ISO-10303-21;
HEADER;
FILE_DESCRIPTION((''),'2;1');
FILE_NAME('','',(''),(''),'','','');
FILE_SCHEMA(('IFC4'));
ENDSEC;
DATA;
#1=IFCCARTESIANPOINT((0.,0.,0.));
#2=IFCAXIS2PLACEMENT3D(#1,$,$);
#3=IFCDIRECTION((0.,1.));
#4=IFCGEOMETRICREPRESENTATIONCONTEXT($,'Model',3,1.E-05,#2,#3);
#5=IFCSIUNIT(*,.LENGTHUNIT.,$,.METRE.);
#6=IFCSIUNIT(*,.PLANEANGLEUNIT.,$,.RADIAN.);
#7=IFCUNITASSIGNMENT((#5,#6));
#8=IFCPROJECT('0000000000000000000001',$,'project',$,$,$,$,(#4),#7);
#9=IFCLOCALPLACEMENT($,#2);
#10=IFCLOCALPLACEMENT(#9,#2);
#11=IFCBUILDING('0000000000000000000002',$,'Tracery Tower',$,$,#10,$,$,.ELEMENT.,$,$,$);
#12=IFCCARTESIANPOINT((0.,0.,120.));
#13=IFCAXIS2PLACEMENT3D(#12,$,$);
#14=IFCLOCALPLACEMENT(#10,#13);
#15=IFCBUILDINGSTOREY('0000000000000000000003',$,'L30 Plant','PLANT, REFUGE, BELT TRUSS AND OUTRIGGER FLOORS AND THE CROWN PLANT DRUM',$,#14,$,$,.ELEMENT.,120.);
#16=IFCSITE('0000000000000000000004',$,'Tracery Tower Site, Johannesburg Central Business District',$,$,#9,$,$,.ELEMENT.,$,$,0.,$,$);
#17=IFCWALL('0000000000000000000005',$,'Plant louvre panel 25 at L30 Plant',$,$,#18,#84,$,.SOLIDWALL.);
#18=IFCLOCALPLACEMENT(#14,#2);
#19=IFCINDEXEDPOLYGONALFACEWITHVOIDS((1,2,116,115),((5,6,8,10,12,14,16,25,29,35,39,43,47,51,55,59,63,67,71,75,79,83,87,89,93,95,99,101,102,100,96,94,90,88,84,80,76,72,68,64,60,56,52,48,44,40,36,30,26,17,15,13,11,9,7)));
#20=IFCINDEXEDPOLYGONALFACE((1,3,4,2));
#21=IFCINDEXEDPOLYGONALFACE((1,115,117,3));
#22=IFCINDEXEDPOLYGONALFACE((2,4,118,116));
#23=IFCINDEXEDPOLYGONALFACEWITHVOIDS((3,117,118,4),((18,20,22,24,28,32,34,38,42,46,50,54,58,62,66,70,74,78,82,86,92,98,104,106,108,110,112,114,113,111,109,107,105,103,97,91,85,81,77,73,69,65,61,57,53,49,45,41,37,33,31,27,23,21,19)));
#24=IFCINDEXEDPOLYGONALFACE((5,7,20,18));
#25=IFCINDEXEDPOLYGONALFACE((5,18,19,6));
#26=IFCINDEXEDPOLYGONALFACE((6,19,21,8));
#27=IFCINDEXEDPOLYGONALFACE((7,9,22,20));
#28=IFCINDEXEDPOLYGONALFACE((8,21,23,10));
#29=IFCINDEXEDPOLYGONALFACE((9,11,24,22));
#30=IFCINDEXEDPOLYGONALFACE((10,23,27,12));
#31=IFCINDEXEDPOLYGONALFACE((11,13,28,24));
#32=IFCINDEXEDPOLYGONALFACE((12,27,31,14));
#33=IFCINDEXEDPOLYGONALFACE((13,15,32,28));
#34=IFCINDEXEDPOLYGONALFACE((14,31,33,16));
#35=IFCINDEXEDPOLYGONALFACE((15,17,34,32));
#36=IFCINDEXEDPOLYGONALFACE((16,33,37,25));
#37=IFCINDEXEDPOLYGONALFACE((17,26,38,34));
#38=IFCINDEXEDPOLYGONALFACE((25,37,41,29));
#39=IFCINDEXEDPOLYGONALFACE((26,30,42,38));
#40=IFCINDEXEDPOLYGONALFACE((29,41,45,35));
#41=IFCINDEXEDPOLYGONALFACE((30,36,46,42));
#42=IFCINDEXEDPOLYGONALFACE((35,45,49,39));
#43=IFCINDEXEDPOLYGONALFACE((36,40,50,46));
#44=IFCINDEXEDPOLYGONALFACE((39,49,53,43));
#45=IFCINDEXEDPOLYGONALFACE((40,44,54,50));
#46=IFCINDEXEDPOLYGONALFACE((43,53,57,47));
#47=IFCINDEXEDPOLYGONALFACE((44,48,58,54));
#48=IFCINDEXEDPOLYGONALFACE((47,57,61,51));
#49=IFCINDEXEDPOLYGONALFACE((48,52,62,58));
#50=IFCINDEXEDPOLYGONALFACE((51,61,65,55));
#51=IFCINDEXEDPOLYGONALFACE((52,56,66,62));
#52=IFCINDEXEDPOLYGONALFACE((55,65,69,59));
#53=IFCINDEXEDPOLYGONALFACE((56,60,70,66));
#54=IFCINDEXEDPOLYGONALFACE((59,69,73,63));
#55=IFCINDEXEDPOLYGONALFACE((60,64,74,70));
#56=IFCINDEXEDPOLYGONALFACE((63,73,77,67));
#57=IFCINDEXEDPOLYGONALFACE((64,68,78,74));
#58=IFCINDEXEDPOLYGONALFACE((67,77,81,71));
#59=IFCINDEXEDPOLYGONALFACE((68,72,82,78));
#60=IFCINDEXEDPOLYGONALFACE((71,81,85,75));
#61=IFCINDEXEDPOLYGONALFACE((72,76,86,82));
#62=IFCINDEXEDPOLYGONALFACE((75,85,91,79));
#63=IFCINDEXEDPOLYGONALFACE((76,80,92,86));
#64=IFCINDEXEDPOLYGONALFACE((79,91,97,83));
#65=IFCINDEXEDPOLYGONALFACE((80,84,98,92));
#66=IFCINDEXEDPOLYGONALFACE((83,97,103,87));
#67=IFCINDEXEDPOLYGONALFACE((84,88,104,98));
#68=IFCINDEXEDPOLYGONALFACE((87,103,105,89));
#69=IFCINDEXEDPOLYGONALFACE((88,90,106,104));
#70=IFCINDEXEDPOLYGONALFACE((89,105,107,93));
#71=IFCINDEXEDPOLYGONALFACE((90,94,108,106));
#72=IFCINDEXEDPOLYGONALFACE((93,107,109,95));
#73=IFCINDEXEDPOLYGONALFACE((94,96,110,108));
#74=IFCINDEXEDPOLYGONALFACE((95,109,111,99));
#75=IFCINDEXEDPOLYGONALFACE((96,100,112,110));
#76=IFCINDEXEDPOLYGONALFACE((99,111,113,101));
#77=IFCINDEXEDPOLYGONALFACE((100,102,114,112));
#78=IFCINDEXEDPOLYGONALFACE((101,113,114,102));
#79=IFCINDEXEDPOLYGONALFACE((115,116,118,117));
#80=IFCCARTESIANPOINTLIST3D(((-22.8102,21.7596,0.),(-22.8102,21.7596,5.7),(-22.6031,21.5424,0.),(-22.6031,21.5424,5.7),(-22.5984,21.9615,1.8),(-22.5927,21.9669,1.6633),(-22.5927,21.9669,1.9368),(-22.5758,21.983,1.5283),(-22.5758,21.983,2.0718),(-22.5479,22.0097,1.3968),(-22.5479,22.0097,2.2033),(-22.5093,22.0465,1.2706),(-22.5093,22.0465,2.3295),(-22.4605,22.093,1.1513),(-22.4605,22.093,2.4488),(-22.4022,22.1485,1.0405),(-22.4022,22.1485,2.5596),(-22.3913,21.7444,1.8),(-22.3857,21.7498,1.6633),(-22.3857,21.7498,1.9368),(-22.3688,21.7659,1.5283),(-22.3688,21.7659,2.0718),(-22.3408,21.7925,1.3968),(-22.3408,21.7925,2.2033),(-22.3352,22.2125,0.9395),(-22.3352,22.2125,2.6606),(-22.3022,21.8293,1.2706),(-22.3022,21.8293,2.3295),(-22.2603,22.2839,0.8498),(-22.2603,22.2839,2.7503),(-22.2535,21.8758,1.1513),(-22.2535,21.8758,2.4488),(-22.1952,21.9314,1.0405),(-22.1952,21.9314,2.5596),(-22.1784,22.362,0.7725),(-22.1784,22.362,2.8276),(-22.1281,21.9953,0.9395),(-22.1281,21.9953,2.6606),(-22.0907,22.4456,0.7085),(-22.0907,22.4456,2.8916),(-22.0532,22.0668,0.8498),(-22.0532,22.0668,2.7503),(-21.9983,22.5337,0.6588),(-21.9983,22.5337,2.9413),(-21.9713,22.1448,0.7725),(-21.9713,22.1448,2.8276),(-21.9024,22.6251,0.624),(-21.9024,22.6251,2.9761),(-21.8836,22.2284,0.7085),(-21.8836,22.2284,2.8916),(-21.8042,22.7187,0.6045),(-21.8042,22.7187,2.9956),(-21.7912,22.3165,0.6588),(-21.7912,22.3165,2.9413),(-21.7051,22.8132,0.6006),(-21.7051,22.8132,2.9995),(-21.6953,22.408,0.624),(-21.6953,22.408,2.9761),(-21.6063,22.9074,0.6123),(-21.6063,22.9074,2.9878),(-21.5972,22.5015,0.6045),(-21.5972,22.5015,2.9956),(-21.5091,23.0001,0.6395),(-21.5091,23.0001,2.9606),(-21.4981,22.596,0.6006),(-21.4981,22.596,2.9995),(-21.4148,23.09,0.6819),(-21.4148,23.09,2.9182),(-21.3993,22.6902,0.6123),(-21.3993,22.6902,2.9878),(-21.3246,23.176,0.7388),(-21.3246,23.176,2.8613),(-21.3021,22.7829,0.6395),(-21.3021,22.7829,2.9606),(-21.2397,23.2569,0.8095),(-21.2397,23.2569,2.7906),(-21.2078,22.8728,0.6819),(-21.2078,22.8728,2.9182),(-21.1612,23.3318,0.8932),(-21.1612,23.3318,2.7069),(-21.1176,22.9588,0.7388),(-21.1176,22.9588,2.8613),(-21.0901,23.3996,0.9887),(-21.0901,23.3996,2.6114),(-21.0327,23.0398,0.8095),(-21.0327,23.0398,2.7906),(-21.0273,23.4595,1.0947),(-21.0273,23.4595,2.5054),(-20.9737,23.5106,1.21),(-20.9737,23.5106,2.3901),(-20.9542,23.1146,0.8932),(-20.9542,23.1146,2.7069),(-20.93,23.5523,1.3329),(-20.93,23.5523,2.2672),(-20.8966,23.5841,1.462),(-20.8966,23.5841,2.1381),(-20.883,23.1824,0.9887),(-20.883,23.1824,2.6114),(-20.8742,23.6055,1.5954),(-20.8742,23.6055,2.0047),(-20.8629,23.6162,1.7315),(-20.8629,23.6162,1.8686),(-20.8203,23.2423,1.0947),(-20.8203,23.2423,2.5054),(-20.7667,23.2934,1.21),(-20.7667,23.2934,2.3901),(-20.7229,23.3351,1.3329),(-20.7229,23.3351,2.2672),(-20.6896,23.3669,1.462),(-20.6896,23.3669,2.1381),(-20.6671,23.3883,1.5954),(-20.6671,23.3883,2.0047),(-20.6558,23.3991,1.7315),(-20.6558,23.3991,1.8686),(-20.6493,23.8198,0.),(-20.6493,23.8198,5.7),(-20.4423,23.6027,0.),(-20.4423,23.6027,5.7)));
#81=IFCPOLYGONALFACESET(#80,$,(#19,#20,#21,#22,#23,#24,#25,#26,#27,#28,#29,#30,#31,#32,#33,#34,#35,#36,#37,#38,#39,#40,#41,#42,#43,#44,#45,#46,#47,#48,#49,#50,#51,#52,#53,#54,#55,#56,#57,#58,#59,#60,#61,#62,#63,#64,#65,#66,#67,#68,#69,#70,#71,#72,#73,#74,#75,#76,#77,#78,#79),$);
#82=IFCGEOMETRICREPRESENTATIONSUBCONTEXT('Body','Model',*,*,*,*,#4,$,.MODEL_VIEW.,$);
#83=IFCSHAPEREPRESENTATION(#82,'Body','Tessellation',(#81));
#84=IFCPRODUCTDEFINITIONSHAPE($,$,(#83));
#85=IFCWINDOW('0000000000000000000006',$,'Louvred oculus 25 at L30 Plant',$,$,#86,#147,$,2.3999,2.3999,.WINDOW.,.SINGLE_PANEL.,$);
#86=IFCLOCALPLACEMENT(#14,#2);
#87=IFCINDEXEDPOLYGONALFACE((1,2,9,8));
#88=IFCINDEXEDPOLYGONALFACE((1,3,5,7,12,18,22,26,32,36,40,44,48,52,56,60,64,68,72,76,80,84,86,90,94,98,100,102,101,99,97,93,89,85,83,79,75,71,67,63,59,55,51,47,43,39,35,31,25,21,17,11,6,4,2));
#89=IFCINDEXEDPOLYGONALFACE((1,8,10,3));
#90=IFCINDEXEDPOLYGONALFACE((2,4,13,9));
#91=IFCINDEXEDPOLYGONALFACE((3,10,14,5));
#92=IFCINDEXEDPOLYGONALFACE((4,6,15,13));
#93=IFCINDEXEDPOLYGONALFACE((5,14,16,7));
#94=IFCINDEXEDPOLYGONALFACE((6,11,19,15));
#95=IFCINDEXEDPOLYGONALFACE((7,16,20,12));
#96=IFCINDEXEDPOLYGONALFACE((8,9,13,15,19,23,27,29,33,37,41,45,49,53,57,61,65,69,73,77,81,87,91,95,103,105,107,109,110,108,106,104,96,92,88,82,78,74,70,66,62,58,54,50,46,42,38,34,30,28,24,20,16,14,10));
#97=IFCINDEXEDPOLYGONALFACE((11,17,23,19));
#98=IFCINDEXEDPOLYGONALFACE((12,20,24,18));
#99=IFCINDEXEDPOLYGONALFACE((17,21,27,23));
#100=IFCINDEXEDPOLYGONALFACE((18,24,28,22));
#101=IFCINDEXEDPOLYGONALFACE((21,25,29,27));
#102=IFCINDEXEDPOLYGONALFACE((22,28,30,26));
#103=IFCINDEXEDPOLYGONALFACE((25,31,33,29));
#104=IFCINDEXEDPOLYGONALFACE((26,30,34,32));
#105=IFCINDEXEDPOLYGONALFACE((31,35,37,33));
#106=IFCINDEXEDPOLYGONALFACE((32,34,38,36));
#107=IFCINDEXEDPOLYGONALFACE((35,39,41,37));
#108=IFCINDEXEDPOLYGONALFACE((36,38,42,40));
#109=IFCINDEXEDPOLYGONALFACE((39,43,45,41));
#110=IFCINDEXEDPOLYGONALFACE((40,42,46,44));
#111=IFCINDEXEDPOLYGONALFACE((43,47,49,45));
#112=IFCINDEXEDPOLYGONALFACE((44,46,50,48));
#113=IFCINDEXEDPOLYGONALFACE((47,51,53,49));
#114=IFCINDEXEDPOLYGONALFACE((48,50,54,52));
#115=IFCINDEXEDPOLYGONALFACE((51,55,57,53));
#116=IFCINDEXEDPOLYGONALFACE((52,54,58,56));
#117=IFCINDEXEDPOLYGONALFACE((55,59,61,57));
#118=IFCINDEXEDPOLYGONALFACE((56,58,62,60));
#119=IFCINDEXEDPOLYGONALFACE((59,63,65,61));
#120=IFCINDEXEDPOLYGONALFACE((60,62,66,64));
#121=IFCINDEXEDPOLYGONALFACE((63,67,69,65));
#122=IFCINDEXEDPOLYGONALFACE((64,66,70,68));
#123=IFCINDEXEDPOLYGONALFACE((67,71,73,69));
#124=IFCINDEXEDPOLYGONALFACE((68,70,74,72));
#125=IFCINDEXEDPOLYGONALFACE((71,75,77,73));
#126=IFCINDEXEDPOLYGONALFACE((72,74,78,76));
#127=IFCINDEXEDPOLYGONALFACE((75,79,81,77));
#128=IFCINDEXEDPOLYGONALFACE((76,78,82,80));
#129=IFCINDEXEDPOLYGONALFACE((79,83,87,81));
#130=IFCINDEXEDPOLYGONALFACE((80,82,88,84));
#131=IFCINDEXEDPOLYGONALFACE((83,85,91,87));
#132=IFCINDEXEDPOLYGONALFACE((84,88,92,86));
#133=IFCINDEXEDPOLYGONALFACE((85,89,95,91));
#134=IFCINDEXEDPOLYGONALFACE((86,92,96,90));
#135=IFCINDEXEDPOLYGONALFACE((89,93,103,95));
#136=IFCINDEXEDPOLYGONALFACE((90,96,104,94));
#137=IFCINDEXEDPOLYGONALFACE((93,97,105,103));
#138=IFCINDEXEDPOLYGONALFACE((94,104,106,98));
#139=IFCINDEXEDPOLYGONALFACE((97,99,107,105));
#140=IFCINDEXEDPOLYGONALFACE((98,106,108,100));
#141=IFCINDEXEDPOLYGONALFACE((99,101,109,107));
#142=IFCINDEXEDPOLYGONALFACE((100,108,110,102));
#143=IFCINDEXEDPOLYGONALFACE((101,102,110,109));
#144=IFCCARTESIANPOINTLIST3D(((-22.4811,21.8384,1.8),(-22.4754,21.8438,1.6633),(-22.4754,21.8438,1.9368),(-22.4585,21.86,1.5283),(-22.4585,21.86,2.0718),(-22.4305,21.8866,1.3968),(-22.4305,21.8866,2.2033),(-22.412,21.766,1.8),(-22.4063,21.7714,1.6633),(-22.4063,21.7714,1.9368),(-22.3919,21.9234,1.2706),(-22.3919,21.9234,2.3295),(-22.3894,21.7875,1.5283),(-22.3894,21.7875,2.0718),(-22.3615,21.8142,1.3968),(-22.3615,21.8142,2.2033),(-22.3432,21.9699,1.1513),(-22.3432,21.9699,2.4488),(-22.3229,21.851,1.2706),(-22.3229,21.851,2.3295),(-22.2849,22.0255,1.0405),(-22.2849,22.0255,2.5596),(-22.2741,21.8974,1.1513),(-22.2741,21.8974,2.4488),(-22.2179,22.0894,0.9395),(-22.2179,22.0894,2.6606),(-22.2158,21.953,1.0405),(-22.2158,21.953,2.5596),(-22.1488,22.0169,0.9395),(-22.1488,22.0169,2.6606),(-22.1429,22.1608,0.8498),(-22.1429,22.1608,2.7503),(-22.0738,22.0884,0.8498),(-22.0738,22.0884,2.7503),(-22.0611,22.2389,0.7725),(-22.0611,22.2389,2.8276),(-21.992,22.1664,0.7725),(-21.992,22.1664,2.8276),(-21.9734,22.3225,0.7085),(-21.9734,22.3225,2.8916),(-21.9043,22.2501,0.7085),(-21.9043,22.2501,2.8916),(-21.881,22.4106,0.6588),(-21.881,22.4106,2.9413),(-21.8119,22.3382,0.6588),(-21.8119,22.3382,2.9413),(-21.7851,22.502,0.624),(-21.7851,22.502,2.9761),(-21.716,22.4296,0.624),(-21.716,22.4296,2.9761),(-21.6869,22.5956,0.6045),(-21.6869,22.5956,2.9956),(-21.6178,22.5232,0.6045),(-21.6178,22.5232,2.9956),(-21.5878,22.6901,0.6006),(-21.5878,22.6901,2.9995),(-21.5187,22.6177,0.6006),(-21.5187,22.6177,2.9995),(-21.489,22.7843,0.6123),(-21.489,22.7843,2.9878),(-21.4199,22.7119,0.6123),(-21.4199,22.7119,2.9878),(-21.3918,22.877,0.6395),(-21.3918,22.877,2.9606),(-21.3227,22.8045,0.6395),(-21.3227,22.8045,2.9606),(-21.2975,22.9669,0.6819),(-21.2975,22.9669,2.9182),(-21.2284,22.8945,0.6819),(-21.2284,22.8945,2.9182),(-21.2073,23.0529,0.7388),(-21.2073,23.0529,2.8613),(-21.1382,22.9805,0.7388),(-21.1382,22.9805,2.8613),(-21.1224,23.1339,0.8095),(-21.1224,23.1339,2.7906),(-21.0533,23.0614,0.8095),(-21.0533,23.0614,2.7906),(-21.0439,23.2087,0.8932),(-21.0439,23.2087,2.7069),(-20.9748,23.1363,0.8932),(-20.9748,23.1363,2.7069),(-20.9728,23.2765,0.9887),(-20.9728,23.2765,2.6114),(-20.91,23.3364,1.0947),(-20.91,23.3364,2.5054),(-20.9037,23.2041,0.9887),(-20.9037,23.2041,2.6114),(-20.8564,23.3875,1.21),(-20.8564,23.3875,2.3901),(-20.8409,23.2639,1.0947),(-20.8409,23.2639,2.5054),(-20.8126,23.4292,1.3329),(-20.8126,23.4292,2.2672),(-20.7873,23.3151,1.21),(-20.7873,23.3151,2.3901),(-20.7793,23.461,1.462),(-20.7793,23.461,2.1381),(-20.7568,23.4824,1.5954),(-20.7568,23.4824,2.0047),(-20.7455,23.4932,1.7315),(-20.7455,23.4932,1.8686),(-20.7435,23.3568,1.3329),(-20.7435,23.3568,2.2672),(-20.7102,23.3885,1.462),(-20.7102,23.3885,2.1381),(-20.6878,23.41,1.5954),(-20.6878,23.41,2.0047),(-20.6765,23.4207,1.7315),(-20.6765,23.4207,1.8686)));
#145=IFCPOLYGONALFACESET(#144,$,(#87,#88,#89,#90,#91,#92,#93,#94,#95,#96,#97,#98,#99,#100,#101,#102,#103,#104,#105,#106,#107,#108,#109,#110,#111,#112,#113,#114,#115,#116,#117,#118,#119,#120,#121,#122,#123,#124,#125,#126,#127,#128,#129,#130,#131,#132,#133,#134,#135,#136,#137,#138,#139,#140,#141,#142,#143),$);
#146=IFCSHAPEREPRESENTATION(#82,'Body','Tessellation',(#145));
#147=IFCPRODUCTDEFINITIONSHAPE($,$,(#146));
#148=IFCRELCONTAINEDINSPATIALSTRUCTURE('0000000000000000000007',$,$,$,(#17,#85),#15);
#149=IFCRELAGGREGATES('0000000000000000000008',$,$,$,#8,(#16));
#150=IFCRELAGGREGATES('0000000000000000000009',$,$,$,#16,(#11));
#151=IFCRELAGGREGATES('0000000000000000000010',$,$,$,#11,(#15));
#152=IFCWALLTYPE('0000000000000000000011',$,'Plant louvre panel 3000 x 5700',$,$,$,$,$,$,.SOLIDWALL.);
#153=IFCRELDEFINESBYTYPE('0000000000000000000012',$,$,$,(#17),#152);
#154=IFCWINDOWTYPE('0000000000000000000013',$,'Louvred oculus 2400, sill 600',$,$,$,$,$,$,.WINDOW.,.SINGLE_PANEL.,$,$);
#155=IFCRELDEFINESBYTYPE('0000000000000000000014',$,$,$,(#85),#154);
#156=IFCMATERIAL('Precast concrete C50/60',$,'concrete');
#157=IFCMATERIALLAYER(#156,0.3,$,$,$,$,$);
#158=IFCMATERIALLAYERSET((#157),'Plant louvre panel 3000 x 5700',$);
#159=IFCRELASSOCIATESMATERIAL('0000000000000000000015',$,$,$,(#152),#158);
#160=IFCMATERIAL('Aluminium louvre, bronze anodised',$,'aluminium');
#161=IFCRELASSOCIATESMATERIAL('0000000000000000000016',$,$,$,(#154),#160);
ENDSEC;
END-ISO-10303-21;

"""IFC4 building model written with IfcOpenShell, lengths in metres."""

from ifc_helpers import new_model, si_unit, direction, frame, frame_2d, origin, origin_2d, place, context, subcontext, project, spatial, rectangle, circle, extrude, material, layer, layer_set, type_object, element, fill, save


model = new_model("IFC4")

# Units and contexts
model_context = context("Model", 3, precision=1e-05, world=origin(), true_north=direction((0.0, 1.0)))
body_context = subcontext(model_context, "Body", "Model", "MODEL_VIEW")
ifc_project = project(units=[si_unit("LENGTHUNIT", "METRE"), si_unit("PLANEANGLEUNIT", "RADIAN")], contexts=[model_context])

# Site, building, storey
site_placement = place(None, origin())
site = spatial("IfcSite", under=ifc_project, at=site_placement, Name="Tracery Tower Site, Johannesburg Central Business District", CompositionType="ELEMENT", RefElevation=0.0)
building_placement = place(site_placement, origin())
building = spatial("IfcBuilding", under=site, at=building_placement, Name="Tracery Tower", CompositionType="ELEMENT")
storey_placement = place(building_placement, frame((0.0, 0.0, 120.0)))
storey = spatial("IfcBuildingStorey", under=building, at=storey_placement, Name="L30 Plant", Description="PLANT, REFUGE, BELT TRUSS AND OUTRIGGER FLOORS AND THE CROWN PLANT DRUM", CompositionType="ELEMENT", Elevation=120.0)

# Wall, opening, window
ifc_material_1 = material(Name="Precast concrete C50/60", Category="concrete")
ifc_layer_1 = layer(ifc_material_1, 0.3)
ifc_layer_set_1 = layer_set([ifc_layer_1], Name="Plant louvre panel 3000 x 5700")
wall_type_1 = type_object("IfcWallType", Name="Plant louvre panel 3000 x 5700", PredefinedType="SOLIDWALL", material=ifc_layer_set_1)
ifc_material_2 = material(Name="Aluminium louvre, bronze anodised", Category="aluminium")
window_type = type_object("IfcWindowType", Name="Louvred oculus 2400, sill 600", PartitioningType="SINGLE_PANEL", PredefinedType="WINDOW", material=ifc_material_2)
wall_1_placement = place(storey_placement, frame((-20.5459, 23.7112, 0.0), z_axis=(0.0, 0.0, 1.0), x_axis=(-0.723751, -0.690061, 0.0)))
wall_1 = element("IfcWall", 1, at=wall_1_placement, inside=storey, type_object=wall_type_1, Name="Plant louvre panel 25 at L30 Plant", PredefinedType="SOLIDWALL", context=body_context, shape_type="SweptSolid", body=[
    extrude(rectangle(XDim=2.9856, YDim=0.3, at=frame_2d((1.4927, 0.0))), origin(), (0.0, 0.0, 1.0), 5.7),
])
opening_1_placement = place(wall_1_placement, frame((1.4929, 0.0, 1.8)))
opening_1 = element("IfcOpeningElement", 2, at=opening_1_placement, cuts=wall_1, PredefinedType="OPENING", context=body_context, shape_type="SweptSolid", body=[
    extrude(circle(Radius=1.2, at=origin_2d()), frame((0.0, 0.1599, 0.0), z_axis=(0.0, -1.0, 0.0), x_axis=(1.0, 0.0, 0.0)), (0.0, 0.0, 1.0), 0.3201),
])
window_1_placement = place(opening_1_placement, origin())
window_1 = element("IfcWindow", 3, at=window_1_placement, inside=storey, type_object=window_type, Name="Louvred oculus 25 at L30 Plant", OverallHeight=2.3999, OverallWidth=2.3999, PartitioningType="SINGLE_PANEL", PredefinedType="WINDOW", context=body_context, shape_type="SweptSolid", body=[
    extrude(circle(Radius=1.2, at=origin_2d()), frame((0.0, 0.1201, 0.0), z_axis=(0.0, -1.0, 0.0), x_axis=(1.0, 0.0, 0.0)), (0.0, 0.0, 1.0), 0.1001),
])
fill(opening_1, window_1)

save(model, "model.ifc")
